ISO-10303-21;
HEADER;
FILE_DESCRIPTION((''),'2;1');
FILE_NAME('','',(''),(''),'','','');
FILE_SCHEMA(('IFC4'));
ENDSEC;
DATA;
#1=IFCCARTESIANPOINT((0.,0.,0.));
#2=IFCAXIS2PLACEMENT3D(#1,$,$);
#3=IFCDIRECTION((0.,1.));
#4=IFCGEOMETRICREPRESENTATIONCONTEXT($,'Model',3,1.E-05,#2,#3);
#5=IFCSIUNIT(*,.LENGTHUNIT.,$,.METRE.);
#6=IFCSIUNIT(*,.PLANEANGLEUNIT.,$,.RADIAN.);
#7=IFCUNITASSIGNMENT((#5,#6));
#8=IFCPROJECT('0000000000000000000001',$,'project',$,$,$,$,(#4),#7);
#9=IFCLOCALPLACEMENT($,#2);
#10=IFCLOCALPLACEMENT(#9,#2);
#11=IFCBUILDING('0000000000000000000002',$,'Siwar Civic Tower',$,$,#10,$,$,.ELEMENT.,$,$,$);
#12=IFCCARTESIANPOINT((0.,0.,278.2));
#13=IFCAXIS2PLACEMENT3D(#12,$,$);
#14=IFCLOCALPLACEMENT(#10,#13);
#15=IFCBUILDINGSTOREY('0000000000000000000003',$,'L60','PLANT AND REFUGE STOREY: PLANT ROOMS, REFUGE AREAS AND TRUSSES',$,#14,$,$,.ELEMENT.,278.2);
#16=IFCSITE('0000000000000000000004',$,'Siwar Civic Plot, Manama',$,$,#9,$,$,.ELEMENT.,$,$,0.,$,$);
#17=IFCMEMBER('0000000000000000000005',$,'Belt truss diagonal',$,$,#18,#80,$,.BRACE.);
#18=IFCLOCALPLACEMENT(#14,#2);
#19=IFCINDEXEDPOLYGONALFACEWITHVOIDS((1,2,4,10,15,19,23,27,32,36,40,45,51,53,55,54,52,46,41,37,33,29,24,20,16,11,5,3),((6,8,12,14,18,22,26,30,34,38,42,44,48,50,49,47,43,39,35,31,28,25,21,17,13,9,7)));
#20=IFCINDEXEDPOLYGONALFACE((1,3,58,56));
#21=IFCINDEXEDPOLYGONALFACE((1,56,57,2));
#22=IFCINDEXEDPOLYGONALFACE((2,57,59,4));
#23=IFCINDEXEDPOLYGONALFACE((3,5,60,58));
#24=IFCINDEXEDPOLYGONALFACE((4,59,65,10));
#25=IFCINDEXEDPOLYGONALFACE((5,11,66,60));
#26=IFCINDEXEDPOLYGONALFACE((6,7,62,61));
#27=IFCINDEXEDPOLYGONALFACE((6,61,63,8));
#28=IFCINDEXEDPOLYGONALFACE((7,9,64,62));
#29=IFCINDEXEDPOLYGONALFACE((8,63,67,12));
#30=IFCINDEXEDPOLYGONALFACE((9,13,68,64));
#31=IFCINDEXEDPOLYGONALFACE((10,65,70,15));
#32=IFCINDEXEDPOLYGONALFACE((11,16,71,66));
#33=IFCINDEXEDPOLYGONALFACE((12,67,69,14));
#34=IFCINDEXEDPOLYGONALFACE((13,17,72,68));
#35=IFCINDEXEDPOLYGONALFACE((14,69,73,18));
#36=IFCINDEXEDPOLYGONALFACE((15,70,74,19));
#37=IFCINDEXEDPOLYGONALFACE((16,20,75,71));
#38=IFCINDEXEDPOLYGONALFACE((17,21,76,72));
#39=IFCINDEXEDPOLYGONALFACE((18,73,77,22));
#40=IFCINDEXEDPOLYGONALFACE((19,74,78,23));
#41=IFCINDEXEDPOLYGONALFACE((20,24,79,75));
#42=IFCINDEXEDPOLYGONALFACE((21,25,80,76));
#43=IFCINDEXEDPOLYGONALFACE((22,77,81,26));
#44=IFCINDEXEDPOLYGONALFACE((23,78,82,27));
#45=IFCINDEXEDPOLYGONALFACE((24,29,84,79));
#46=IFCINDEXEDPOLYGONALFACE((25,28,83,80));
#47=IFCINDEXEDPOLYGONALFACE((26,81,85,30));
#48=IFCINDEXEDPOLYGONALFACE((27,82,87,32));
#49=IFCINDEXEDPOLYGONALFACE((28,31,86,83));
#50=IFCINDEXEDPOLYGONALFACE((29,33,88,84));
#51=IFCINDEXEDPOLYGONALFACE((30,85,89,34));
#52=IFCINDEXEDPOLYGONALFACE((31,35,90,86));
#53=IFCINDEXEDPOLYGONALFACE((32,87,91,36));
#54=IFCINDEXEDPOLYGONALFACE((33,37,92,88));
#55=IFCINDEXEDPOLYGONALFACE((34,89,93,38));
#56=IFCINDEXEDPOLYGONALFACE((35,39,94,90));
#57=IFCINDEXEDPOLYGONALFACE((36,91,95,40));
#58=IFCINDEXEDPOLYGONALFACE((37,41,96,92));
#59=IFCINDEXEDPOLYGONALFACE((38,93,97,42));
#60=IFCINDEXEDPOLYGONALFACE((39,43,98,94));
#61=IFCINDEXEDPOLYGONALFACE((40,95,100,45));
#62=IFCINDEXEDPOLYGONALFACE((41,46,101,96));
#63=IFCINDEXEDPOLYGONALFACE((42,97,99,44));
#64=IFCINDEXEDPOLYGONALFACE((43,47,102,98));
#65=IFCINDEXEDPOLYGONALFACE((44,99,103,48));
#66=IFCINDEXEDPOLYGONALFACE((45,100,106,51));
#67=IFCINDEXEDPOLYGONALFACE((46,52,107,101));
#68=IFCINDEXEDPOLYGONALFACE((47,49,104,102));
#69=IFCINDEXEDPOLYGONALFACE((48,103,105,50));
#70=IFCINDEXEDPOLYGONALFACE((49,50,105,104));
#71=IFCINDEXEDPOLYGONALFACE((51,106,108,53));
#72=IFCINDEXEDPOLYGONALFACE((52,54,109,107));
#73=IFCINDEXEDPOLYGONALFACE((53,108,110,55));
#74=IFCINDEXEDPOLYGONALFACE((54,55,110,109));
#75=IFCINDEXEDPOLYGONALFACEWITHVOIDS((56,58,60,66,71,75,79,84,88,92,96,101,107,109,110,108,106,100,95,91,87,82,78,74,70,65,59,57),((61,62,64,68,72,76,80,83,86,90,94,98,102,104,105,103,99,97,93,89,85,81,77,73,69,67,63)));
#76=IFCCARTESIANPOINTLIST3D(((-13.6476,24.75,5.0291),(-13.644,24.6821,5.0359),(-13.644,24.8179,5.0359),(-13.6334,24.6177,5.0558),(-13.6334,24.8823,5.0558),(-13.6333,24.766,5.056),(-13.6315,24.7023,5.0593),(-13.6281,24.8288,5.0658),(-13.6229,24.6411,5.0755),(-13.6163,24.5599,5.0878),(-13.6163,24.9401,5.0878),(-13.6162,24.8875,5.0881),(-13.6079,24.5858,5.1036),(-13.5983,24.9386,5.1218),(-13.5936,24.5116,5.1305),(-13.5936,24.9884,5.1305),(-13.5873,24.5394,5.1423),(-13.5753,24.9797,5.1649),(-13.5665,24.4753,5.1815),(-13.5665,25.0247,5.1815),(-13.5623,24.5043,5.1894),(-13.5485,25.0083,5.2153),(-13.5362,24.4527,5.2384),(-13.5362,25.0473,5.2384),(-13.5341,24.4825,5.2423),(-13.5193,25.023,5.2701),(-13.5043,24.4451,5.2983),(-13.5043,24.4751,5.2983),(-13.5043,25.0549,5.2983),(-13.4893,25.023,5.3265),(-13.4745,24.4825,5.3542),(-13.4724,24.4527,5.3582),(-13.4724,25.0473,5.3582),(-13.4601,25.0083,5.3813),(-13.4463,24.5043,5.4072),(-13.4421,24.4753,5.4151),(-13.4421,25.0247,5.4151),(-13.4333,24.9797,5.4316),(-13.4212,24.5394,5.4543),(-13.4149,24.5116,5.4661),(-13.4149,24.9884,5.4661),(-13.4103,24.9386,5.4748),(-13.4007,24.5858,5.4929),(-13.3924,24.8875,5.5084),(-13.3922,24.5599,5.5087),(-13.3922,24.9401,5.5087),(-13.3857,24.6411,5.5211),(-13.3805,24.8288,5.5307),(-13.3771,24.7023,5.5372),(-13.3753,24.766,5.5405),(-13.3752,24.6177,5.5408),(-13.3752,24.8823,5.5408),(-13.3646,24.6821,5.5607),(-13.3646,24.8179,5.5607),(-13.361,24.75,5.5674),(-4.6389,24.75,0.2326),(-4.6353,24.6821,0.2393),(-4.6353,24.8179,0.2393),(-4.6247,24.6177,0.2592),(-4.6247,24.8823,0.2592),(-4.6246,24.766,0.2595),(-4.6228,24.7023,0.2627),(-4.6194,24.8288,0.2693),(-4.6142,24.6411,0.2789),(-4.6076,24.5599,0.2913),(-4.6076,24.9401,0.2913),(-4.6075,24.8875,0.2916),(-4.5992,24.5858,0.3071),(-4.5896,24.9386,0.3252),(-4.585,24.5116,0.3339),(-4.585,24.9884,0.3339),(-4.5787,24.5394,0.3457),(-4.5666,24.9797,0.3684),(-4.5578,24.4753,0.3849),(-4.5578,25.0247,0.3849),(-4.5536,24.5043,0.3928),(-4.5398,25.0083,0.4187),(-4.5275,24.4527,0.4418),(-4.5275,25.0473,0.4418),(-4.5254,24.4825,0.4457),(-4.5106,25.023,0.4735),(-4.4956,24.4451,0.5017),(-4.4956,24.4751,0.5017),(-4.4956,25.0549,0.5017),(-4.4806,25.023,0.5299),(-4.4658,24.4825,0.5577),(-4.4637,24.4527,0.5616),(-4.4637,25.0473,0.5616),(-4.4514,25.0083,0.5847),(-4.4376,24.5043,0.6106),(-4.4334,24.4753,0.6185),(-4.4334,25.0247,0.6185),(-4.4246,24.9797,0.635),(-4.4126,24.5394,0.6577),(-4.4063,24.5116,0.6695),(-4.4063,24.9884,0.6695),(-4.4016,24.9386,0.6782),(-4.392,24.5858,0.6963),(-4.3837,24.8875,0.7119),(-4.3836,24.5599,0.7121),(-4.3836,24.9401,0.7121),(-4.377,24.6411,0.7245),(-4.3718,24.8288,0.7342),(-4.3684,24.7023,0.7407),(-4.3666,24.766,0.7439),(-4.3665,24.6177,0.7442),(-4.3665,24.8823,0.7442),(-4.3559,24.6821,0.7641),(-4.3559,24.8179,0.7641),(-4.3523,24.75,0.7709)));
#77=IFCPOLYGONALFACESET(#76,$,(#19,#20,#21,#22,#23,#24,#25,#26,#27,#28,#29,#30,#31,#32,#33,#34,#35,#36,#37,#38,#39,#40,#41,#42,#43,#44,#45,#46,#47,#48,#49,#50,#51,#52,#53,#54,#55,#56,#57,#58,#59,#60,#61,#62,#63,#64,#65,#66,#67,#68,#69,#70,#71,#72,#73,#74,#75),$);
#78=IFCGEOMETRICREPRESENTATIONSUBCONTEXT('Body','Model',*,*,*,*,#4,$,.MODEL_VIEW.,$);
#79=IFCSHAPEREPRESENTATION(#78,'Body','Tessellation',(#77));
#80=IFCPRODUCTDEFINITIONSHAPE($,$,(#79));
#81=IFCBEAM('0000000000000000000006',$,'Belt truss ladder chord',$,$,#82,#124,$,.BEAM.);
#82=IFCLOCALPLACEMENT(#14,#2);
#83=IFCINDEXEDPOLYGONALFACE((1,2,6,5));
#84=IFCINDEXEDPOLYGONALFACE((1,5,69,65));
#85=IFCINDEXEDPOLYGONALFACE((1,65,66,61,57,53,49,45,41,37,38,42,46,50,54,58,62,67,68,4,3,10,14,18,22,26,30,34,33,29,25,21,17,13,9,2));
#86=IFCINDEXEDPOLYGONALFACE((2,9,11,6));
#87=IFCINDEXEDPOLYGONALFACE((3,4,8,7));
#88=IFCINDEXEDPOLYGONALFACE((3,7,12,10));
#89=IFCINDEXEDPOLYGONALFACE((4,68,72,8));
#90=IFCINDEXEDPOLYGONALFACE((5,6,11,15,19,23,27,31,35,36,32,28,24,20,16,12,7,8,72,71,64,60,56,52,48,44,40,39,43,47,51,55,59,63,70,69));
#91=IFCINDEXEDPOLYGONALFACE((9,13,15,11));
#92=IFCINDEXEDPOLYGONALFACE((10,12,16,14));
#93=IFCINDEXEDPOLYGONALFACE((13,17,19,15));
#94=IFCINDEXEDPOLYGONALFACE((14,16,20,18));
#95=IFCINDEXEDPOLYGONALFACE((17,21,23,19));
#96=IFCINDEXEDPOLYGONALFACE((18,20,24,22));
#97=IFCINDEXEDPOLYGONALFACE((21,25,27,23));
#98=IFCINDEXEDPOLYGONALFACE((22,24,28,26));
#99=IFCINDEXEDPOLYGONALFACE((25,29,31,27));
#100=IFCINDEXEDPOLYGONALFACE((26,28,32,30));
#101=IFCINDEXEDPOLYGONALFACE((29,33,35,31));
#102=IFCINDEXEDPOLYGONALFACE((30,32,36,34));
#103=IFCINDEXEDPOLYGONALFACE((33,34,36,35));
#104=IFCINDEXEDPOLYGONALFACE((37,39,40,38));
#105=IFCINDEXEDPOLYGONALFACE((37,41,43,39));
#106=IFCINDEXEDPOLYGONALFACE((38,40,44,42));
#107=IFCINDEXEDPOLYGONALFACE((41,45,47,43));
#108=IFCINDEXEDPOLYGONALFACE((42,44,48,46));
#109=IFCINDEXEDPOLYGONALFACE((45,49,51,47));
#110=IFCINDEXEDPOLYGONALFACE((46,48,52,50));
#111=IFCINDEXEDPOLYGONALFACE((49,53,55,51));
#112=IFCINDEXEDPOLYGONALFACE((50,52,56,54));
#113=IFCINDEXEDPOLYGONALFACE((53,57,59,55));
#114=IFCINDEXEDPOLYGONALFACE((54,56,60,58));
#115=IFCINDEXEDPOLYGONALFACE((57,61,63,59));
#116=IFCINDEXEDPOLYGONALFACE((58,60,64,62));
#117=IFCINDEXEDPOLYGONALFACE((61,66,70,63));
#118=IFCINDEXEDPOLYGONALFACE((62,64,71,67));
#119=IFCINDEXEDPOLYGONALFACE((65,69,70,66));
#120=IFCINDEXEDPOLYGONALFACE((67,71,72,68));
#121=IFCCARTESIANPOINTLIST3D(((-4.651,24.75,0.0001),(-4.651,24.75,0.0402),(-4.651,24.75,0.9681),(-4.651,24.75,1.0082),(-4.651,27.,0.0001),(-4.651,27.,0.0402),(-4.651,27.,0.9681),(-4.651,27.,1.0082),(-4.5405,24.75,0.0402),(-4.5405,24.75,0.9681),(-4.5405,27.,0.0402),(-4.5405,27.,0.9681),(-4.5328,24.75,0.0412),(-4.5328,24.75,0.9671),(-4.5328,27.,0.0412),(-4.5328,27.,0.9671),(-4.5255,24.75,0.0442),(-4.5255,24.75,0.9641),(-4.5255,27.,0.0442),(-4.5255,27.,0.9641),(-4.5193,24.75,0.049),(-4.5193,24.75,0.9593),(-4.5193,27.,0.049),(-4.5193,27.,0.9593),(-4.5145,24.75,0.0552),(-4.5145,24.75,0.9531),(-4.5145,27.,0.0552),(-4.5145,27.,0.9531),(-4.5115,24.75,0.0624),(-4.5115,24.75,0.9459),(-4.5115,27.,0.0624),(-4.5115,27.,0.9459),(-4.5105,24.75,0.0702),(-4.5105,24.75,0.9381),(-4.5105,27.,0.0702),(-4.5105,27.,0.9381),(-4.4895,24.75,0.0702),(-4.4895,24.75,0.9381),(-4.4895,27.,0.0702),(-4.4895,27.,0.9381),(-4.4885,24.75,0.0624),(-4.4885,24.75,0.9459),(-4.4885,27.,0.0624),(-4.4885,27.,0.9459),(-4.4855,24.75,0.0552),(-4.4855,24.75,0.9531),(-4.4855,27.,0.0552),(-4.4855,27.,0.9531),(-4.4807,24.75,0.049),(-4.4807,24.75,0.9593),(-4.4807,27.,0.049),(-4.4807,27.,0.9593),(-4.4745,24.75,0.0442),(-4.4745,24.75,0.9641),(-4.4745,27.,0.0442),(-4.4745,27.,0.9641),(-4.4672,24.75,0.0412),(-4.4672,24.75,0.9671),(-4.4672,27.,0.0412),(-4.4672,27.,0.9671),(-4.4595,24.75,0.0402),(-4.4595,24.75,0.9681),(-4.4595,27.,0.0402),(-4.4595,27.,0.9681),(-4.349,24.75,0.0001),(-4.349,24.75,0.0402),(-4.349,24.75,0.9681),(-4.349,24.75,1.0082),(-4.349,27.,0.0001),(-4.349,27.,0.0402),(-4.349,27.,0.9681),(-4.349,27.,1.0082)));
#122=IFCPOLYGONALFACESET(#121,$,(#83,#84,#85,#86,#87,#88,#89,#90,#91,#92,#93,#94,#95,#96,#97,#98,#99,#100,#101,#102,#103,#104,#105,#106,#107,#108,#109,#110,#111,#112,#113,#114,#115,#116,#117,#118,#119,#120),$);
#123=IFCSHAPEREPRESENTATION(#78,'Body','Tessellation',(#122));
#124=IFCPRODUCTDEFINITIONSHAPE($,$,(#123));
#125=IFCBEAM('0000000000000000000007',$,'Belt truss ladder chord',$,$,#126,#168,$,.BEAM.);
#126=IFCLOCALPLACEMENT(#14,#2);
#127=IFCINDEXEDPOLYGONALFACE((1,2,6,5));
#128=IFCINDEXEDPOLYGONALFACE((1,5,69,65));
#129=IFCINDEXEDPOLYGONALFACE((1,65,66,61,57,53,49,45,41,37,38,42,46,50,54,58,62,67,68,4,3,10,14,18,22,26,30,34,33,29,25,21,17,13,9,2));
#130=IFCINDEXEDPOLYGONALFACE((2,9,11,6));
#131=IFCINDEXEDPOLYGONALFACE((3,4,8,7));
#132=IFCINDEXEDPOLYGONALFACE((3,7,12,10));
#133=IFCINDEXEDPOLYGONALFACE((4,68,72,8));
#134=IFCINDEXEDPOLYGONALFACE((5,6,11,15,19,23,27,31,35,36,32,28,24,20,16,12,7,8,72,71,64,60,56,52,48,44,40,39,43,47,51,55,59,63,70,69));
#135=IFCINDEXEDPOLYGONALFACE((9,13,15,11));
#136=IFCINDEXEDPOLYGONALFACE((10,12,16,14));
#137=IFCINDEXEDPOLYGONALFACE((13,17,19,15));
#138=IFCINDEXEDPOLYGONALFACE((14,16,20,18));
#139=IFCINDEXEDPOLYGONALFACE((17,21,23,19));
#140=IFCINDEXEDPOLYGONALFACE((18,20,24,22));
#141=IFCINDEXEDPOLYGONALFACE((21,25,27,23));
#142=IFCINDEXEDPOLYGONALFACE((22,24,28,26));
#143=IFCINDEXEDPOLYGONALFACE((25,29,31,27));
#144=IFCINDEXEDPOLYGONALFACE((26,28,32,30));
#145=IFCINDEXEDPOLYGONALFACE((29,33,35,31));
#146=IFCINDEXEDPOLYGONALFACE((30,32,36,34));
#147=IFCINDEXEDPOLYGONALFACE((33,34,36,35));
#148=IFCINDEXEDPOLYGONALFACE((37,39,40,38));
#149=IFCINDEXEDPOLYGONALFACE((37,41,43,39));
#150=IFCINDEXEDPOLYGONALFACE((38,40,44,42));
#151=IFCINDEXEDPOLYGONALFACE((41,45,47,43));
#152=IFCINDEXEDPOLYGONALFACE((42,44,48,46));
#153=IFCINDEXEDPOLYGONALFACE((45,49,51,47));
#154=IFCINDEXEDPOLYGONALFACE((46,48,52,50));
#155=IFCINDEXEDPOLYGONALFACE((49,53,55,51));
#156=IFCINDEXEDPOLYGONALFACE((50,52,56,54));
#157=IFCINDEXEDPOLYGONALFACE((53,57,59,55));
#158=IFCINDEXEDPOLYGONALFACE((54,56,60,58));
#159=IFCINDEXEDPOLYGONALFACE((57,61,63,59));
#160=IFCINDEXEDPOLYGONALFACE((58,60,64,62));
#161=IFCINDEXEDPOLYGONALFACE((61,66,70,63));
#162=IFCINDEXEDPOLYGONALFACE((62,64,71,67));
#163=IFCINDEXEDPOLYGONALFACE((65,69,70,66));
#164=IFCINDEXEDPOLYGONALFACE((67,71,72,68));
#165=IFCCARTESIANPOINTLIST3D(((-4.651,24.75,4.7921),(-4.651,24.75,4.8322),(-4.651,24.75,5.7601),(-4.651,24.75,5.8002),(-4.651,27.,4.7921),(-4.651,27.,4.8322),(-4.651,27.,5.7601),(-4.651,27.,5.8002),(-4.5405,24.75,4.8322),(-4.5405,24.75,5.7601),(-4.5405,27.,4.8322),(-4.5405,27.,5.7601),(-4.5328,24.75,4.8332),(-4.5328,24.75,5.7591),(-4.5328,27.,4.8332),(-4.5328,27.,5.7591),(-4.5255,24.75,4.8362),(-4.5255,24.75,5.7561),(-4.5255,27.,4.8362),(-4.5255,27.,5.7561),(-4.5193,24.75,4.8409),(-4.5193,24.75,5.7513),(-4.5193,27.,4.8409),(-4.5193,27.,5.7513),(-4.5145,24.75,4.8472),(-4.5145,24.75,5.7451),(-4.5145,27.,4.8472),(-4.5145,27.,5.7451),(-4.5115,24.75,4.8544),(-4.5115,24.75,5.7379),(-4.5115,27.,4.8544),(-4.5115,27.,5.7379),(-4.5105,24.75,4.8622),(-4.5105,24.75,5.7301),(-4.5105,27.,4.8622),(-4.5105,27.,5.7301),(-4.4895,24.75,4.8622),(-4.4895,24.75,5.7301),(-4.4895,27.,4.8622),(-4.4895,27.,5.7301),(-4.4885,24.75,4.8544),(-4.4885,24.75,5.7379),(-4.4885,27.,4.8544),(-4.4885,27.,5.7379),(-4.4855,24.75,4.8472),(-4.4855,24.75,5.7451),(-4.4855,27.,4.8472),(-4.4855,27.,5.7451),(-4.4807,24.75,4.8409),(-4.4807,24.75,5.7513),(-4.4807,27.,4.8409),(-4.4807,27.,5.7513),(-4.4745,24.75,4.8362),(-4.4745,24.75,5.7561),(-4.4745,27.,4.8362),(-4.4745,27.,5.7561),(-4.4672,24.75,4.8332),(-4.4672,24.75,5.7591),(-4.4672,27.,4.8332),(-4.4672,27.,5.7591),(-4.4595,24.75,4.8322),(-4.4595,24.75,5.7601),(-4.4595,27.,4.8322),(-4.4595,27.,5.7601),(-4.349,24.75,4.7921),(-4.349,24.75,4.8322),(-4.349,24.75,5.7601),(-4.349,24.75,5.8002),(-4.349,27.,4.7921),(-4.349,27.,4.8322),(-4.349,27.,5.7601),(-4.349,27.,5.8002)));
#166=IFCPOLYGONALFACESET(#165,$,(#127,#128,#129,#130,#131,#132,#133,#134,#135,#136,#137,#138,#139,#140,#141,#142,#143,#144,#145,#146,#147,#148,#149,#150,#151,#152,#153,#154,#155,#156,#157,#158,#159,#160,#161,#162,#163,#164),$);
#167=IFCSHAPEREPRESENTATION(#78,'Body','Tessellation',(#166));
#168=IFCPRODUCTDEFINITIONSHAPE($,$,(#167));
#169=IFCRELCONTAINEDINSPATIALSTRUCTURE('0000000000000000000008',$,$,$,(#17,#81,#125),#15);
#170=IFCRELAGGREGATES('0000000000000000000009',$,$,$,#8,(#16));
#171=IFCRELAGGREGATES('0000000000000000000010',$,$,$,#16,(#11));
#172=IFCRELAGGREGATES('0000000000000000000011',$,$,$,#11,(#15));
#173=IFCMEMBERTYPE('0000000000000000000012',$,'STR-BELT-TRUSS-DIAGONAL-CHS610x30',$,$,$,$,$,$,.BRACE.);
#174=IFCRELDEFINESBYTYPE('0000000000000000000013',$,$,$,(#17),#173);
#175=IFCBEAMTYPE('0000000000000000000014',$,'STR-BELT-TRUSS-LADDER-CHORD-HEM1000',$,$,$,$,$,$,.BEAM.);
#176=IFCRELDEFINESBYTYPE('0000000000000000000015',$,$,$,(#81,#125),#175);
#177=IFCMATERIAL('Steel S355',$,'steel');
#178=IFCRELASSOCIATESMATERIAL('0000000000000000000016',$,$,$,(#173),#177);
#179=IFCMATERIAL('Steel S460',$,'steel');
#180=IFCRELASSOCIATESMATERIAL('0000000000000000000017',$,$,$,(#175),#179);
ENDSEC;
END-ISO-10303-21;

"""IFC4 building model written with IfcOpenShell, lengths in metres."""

from ifc_helpers import new_model, si_unit, direction, frame, origin, origin_2d, place, context, subcontext, project, spatial, hollow_circle, i_section, extrude, material, material_profile, profile_set, type_object, element, save


model = new_model("IFC4")

# Units and contexts
model_context = context("Model", 3, precision=1e-05, world=origin(), true_north=direction((0.0, 1.0)))
body_context = subcontext(model_context, "Body", "Model", "MODEL_VIEW")
ifc_project = project(units=[si_unit("LENGTHUNIT", "METRE"), si_unit("PLANEANGLEUNIT", "RADIAN")], contexts=[model_context])

# Site, building, storey
site_placement = place(None, origin())
site = spatial("IfcSite", under=ifc_project, at=site_placement, Name="Siwar Civic Plot, Manama", CompositionType="ELEMENT", RefElevation=0.0)
building_placement = place(site_placement, origin())
building = spatial("IfcBuilding", under=site, at=building_placement, Name="Siwar Civic Tower", CompositionType="ELEMENT")
storey_placement = place(building_placement, frame((0.0, 0.0, 278.2)))
storey = spatial("IfcBuildingStorey", under=building, at=storey_placement, Name="L60", Description="PLANT AND REFUGE STOREY: PLANT ROOMS, REFUGE AREAS AND TRUSSES", CompositionType="ELEMENT", Elevation=278.2)

# Member
ifc_material_1 = material(Name="Steel S355", Category="steel")
ifc_material_profile_1 = material_profile(ifc_material_1, hollow_circle(Radius=0.3049, WallThickness=0.03, at=origin_2d()), Name="CHS610x30")
ifc_profile_set_1 = profile_set([ifc_material_profile_1], Name="Steel S355")
member_type_1 = type_object("IfcMemberType", Name="STR-BELT-TRUSS-DIAGONAL-CHS610x30", PredefinedType="BRACE", material=ifc_profile_set_1)
for number, where, z_axis, x_axis, name in (
    (1, (-4.4956, 24.75, 0.5017), (-0.882681, 0.0, 0.469974), (0.0, -1.0, 0.0), "Belt truss diagonal"),
):
    element("IfcMember", number, at=place(storey_placement, frame(where, z_axis=z_axis, x_axis=x_axis)), inside=storey, type_object=member_type_1, Name=name, PredefinedType="BRACE", context=body_context, shape_type="SweptSolid", body=[
        extrude(hollow_circle(Radius=0.3049, WallThickness=0.03, at=origin_2d()), origin(), (0.0, 0.0, 1.0), 10.2061),
    ])

# Beams
ifc_material_2 = material(Name="Steel S460", Category="steel")
ifc_material_profile_2 = material_profile(ifc_material_2, i_section(OverallWidth=0.302, OverallDepth=1.0081, WebThickness=0.021, FlangeThickness=0.04, FilletRadius=0.03, at=origin_2d()), Name="HEM1000")
ifc_profile_set_2 = profile_set([ifc_material_profile_2], Name="Steel S460")
beam_type_1 = type_object("IfcBeamType", Name="STR-BELT-TRUSS-LADDER-CHORD-HEM1000", PredefinedType="BEAM", material=ifc_profile_set_2)
for number, where, z_axis, x_axis, name in (
    (2, (-4.5, 24.75, 0.5042), (0.0, 1.0, 0.0), (-1.0, 0.0, 0.0), "Belt truss ladder chord"),
    (3, (-4.5, 24.75, 5.2961), (0.0, 1.0, 0.0), (-1.0, 0.0, 0.0), "Belt truss ladder chord"),
):
    element("IfcBeam", number, at=place(storey_placement, frame(where, z_axis=z_axis, x_axis=x_axis)), inside=storey, type_object=beam_type_1, Name=name, PredefinedType="BEAM", context=body_context, shape_type="SweptSolid", body=[
        extrude(i_section(OverallWidth=0.302, OverallDepth=1.0081, WebThickness=0.021, FlangeThickness=0.04, FilletRadius=0.03, at=origin_2d()), origin(), (0.0, 0.0, 1.0), 2.25),
    ])

save(model, "model.ifc")
